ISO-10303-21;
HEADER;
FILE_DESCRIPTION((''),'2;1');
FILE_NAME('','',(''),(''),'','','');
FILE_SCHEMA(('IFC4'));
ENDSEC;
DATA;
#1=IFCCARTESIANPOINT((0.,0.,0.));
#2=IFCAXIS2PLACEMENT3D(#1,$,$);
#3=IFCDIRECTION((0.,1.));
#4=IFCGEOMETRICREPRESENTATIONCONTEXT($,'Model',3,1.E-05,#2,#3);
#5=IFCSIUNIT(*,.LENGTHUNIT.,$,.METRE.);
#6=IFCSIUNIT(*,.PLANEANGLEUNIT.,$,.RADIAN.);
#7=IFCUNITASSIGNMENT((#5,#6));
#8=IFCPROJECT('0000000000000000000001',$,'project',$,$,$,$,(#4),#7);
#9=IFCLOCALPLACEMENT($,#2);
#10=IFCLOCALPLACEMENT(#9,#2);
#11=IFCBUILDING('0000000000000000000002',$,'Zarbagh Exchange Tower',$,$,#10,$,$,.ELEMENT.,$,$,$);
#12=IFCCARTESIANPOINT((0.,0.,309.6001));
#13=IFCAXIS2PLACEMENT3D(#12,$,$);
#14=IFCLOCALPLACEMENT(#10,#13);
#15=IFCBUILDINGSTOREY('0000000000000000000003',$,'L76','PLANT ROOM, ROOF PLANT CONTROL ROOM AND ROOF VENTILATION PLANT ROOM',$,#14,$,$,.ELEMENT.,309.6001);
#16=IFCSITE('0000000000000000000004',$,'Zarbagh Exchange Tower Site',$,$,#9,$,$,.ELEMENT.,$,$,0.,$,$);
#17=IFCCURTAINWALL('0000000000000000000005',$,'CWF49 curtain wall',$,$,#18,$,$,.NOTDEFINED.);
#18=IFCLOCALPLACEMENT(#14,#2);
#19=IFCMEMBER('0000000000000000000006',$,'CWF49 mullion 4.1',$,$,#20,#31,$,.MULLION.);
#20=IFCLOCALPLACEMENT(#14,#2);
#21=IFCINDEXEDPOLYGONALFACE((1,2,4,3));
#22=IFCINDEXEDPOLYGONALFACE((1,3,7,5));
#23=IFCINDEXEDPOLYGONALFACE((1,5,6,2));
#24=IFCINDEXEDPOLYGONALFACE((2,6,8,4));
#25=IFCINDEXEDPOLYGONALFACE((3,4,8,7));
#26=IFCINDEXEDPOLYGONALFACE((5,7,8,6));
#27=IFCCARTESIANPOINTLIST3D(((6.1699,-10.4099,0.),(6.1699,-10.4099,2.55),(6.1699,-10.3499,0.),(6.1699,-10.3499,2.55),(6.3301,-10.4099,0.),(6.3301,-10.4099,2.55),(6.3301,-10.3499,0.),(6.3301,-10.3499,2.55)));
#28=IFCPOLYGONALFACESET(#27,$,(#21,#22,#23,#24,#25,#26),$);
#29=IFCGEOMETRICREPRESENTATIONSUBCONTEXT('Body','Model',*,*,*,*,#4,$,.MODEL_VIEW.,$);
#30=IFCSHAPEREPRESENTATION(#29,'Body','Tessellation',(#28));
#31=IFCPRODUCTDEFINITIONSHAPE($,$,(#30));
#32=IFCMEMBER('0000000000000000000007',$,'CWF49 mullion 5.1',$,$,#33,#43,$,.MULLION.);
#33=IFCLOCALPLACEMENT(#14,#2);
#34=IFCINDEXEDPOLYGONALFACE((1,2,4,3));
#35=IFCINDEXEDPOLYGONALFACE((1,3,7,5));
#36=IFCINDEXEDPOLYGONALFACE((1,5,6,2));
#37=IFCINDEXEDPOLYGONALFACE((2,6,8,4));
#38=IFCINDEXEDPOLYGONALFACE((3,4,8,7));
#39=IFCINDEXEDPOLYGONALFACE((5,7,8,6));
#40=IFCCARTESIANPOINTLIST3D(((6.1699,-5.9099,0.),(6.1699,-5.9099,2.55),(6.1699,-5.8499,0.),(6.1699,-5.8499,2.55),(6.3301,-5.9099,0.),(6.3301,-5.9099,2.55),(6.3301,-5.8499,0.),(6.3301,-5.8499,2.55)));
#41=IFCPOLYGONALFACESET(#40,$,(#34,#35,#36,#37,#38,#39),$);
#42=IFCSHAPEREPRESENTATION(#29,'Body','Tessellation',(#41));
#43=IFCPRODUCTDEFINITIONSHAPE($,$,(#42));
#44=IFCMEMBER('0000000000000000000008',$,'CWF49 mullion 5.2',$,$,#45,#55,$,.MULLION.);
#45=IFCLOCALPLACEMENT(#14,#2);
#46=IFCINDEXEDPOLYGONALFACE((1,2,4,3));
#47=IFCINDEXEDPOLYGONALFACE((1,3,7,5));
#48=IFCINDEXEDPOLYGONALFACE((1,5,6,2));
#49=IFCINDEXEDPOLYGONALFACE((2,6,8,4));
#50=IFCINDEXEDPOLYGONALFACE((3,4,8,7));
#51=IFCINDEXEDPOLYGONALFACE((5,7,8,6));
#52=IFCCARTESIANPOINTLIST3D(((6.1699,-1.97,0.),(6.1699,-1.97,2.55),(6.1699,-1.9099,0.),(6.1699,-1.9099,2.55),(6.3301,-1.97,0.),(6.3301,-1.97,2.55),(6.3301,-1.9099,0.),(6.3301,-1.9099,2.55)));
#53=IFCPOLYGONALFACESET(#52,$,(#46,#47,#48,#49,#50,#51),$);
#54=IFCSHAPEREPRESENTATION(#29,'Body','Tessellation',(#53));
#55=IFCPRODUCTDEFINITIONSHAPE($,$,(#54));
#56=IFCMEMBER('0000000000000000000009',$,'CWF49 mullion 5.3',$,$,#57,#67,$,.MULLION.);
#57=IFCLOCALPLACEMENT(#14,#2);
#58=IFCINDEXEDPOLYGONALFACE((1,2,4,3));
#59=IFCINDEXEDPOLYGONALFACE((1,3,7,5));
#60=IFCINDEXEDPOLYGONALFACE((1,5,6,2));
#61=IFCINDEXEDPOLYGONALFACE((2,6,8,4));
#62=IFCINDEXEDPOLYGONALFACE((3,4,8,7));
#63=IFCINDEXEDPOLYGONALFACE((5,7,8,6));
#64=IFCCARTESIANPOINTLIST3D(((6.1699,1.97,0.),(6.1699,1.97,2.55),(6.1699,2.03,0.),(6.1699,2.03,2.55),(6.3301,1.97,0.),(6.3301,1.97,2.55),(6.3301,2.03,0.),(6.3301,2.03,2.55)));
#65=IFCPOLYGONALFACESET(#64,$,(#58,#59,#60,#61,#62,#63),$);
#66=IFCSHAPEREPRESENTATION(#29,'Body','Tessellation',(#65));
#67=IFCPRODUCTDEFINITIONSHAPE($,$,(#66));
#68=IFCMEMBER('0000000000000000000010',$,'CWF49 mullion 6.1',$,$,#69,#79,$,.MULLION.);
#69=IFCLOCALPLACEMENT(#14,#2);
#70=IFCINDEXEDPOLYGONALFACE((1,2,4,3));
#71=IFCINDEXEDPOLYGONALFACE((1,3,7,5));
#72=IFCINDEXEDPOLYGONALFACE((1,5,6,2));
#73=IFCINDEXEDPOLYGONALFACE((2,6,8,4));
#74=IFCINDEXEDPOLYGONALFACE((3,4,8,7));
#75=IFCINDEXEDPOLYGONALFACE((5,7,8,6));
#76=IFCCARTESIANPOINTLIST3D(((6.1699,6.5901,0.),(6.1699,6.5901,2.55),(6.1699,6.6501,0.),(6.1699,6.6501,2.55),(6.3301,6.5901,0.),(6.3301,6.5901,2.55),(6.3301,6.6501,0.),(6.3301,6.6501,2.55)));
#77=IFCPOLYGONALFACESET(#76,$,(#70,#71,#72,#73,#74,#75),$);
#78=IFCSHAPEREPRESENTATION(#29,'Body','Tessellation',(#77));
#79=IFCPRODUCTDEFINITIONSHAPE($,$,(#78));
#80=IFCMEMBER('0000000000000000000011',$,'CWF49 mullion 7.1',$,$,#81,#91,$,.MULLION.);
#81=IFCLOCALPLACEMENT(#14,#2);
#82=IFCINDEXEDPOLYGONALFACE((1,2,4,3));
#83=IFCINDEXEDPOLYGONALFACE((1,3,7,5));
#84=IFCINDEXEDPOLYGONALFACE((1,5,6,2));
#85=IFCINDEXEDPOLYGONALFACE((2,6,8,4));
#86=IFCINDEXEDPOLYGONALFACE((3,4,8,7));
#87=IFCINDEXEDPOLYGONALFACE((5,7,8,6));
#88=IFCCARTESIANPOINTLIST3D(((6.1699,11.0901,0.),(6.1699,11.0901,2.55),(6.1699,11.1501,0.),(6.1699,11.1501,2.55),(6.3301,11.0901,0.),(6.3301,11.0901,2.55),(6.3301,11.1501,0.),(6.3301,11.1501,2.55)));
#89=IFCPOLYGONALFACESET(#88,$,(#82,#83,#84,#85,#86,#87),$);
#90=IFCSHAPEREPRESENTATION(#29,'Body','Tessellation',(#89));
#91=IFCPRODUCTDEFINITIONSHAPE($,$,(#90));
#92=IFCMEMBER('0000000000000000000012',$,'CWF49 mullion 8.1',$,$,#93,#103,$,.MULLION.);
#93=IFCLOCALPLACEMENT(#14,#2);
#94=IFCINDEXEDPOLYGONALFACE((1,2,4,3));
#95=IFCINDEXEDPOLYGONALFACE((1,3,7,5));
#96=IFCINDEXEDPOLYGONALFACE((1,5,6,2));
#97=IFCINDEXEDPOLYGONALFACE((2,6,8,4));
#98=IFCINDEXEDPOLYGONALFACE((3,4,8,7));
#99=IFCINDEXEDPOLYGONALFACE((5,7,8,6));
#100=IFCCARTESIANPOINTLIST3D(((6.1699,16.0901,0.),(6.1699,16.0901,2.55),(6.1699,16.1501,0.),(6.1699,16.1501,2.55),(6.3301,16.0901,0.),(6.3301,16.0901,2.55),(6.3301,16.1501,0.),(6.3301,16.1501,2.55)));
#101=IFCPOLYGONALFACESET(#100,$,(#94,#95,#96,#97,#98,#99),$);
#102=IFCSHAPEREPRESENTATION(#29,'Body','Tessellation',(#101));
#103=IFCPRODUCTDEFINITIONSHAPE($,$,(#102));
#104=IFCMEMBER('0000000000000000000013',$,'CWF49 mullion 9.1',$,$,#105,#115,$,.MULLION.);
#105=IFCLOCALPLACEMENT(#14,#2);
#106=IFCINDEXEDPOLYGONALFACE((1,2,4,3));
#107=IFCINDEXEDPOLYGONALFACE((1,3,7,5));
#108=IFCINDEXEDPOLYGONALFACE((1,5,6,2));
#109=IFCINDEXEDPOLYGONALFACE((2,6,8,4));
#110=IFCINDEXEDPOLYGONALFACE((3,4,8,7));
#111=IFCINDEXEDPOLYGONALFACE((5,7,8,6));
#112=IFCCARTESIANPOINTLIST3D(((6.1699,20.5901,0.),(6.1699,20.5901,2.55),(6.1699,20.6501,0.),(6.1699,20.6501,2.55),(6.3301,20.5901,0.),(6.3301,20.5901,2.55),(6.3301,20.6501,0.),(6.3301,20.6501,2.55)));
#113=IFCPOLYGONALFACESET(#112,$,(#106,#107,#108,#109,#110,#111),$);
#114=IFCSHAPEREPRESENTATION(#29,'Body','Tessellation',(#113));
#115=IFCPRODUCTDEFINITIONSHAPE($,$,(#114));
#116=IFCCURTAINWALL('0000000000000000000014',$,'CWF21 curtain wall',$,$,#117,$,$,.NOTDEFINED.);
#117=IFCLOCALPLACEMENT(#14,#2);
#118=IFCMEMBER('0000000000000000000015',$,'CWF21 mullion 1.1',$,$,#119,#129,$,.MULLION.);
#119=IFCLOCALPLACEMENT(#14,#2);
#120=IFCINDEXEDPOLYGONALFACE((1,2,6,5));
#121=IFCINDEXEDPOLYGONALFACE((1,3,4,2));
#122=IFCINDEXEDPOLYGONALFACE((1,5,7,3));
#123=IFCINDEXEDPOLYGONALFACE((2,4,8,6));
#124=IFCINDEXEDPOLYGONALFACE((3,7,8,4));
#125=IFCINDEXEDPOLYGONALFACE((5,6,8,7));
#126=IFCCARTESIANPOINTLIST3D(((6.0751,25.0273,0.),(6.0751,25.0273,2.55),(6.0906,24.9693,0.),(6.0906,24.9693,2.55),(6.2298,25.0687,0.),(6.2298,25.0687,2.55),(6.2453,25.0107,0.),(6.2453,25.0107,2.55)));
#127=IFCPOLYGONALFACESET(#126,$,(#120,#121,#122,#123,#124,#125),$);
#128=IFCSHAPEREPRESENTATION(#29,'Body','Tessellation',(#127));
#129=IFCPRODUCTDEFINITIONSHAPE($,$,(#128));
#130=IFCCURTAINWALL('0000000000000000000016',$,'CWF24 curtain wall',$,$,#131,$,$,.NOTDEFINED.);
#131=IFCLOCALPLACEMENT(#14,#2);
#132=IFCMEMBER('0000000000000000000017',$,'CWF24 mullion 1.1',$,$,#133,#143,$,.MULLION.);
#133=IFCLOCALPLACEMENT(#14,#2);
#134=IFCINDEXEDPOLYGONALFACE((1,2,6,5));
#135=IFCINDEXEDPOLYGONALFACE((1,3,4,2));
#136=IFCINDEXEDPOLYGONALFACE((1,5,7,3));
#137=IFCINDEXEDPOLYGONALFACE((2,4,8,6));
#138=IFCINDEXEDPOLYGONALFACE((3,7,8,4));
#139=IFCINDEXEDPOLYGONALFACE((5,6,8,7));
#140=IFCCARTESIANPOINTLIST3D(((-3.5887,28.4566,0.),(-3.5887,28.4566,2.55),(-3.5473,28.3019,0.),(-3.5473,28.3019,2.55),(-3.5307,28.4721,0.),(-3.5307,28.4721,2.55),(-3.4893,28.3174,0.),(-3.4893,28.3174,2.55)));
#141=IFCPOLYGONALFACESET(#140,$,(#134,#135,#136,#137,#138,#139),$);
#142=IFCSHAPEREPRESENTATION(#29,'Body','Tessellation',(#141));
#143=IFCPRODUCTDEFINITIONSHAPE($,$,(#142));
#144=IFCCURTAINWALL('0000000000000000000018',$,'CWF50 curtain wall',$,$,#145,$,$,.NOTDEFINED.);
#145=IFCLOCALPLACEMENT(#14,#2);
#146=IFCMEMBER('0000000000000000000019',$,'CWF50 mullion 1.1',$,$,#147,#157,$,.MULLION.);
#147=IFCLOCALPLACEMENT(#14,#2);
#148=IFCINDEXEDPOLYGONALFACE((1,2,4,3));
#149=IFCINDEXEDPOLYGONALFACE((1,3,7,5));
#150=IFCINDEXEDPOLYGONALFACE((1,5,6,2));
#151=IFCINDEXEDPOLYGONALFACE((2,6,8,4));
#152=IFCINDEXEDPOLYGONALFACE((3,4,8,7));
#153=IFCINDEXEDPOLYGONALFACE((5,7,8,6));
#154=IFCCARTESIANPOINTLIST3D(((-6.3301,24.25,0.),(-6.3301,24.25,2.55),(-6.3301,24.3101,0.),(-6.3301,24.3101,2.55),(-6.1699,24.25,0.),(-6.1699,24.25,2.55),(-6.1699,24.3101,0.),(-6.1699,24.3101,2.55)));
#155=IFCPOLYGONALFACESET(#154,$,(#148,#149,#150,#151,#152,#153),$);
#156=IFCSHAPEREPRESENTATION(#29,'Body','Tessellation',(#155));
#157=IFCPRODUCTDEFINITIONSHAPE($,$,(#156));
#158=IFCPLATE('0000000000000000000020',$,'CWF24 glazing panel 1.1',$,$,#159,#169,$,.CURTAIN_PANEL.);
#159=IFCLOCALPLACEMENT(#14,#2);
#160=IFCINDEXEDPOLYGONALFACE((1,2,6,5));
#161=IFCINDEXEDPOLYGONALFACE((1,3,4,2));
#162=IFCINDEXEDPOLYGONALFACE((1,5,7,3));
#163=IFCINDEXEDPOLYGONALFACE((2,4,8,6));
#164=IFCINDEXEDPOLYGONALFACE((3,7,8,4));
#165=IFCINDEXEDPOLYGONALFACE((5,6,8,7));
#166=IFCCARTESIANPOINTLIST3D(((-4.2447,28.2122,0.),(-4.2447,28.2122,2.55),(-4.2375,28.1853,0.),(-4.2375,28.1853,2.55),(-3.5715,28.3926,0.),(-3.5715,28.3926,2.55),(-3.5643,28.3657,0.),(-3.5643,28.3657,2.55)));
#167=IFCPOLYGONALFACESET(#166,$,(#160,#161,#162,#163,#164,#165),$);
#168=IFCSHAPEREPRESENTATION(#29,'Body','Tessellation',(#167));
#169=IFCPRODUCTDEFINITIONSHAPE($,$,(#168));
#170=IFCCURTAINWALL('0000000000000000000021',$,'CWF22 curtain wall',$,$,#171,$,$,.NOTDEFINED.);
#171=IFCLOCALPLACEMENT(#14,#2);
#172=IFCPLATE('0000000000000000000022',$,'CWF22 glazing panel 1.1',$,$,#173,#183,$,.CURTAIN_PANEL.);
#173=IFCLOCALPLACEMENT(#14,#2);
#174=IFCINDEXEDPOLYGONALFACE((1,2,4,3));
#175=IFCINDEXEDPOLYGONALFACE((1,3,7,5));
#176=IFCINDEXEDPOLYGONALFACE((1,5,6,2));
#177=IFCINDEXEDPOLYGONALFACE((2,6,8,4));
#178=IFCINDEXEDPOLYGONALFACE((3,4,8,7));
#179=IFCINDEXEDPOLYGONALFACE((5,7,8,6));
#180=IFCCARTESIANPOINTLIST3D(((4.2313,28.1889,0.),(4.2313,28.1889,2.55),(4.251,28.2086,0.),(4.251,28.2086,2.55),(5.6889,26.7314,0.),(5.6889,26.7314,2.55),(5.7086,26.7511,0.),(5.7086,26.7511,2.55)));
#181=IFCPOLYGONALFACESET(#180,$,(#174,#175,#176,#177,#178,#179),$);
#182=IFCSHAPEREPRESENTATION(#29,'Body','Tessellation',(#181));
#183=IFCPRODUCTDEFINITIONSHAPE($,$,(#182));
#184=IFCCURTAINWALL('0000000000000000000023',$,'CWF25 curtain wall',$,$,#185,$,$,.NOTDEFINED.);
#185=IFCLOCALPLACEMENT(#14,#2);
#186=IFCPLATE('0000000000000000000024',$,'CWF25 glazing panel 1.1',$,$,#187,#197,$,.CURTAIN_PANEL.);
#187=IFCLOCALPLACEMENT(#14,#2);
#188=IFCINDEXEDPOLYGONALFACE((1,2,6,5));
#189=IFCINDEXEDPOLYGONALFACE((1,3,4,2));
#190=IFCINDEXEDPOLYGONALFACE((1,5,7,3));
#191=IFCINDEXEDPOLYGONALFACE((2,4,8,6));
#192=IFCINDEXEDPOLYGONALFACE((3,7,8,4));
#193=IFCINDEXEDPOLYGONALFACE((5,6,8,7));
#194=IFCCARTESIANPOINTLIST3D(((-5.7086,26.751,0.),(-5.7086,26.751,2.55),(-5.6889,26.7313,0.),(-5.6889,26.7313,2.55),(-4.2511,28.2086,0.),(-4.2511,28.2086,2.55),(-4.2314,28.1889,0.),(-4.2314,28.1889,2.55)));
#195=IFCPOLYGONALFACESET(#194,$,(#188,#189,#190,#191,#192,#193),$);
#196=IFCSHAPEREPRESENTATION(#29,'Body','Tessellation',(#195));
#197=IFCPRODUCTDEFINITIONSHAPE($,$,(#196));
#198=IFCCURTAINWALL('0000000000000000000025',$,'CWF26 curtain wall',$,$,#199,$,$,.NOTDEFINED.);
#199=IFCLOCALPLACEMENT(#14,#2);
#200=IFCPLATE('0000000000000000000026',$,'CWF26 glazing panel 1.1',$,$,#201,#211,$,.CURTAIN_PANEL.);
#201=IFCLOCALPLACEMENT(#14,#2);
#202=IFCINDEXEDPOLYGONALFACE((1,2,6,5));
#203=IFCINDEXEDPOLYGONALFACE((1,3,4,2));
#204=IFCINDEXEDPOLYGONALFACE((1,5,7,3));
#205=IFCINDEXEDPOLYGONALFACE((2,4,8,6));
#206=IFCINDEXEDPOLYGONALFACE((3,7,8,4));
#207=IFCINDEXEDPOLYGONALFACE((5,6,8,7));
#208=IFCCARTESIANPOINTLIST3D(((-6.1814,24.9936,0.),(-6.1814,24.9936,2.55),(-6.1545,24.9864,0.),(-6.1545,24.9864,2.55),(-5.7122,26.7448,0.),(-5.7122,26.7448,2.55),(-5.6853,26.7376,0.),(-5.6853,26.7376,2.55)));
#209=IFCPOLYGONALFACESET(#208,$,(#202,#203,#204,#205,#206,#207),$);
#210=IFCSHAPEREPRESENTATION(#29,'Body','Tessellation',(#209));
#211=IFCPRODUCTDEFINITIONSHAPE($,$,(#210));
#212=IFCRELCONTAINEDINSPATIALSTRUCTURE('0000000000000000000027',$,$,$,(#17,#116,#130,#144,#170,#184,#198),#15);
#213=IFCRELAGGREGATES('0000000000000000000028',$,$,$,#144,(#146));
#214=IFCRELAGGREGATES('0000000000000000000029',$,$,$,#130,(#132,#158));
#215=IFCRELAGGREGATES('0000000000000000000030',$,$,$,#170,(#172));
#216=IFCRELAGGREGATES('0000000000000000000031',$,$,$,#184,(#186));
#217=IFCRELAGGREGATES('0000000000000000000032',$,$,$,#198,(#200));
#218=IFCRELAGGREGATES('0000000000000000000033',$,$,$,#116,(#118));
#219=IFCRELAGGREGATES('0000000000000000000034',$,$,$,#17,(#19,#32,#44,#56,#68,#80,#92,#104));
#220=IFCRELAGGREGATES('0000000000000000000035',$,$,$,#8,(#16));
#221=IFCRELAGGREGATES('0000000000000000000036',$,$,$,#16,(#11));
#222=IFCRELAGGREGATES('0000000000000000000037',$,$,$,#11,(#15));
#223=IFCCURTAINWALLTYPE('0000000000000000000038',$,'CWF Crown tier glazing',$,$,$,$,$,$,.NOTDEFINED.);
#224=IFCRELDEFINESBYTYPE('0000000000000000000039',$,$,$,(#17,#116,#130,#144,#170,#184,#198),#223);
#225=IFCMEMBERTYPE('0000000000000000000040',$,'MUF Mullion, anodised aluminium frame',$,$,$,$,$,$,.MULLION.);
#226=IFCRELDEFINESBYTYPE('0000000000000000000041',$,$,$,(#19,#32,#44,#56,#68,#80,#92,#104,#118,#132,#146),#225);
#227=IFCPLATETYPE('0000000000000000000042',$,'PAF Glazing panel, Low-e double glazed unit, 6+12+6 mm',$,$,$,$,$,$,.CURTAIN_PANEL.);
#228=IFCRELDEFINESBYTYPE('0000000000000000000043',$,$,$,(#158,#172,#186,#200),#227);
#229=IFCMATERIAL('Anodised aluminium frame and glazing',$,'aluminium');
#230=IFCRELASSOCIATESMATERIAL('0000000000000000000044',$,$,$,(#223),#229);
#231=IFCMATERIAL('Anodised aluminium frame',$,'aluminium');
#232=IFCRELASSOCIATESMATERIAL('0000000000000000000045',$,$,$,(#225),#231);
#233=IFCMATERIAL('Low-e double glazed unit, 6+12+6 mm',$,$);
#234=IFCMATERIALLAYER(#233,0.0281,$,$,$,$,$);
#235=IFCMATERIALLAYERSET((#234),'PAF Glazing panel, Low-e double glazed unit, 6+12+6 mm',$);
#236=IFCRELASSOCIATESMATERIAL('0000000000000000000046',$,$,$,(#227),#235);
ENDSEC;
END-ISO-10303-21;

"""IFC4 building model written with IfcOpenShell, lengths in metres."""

from ifc_helpers import new_model, si_unit, direction, frame, origin, place, context, subcontext, project, spatial, polyline, outline, extrude, source, transform, mapped, material, layer, layer_set, type_object, element, aggregate, save


model = new_model("IFC4")

# Units and contexts
model_context = context("Model", 3, precision=1e-05, world=origin(), true_north=direction((0.0, 1.0)))
body_context = subcontext(model_context, "Body", "Model", "MODEL_VIEW")
ifc_project = project(units=[si_unit("LENGTHUNIT", "METRE"), si_unit("PLANEANGLEUNIT", "RADIAN")], contexts=[model_context])

# Site, building, storey
site_placement = place(None, origin())
site = spatial("IfcSite", under=ifc_project, at=site_placement, Name="Zarbagh Exchange Tower Site", CompositionType="ELEMENT", RefElevation=0.0)
building_placement = place(site_placement, origin())
building = spatial("IfcBuilding", under=site, at=building_placement, Name="Zarbagh Exchange Tower", CompositionType="ELEMENT")
storey_placement = place(building_placement, frame((0.0, 0.0, 309.6001)))
storey = spatial("IfcBuildingStorey", under=building, at=storey_placement, Name="L76", Description="PLANT ROOM, ROOF PLANT CONTROL ROOM AND ROOF VENTILATION PLANT ROOM", CompositionType="ELEMENT", Elevation=309.6001)

# Curtain wall, members
ifc_material_1 = material(Name="Anodised aluminium frame and glazing", Category="aluminium")
curtain_wall_type = type_object("IfcCurtainWallType", Name="CWF Crown tier glazing", PredefinedType="NOTDEFINED", material=ifc_material_1)
curtain_wall_1_placement = place(storey_placement, origin())
curtain_wall_1 = element("IfcCurtainWall", 1, at=curtain_wall_1_placement, inside=storey, type_object=curtain_wall_type, Name="CWF49 curtain wall", PredefinedType="NOTDEFINED")
ifc_material_2 = material(Name="Anodised aluminium frame", Category="aluminium")
member_type = type_object("IfcMemberType", Name="MUF Mullion, anodised aluminium frame", PredefinedType="MULLION", material=ifc_material_2)
shared_shape_1 = source(origin(), body_context, "Body", "SweptSolid", [
    extrude(outline(polyline([(0.0, -0.0801), (0.0601, -0.0801), (0.0601, 0.0801), (0.0, 0.0801), (0.0, -0.0801)])), origin(), (0.0, 0.0, 1.0), 2.55),
])
placement = place(storey_placement, origin())
member_1 = element("IfcMember", 2, at=placement, type_object=member_type, Name="CWF49 mullion 4.1", PredefinedType="MULLION", context=body_context, shape_type="MappedRepresentation", body=[
    mapped(shared_shape_1, transform((6.25, -10.4099, 0.0), x_axis=(0.0, 1.0, 0.0), y_axis=(-1.0, 0.0, 0.0), z_axis=(0.0, 0.0, 1.0))),
])
member_2 = element("IfcMember", 3, at=placement, type_object=member_type, Name="CWF49 mullion 5.1", PredefinedType="MULLION", context=body_context, shape_type="MappedRepresentation", body=[
    mapped(shared_shape_1, transform((6.25, -5.9099, 0.0), x_axis=(0.0, 1.0, 0.0), y_axis=(-1.0, 0.0, 0.0), z_axis=(0.0, 0.0, 1.0))),
])
member_3 = element("IfcMember", 4, at=placement, type_object=member_type, Name="CWF49 mullion 5.2", PredefinedType="MULLION", context=body_context, shape_type="MappedRepresentation", body=[
    mapped(shared_shape_1, transform((6.25, -1.97, 0.0), x_axis=(0.0, 1.0, 0.0), y_axis=(-1.0, 0.0, 0.0), z_axis=(0.0, 0.0, 1.0))),
])
member_4 = element("IfcMember", 5, at=placement, type_object=member_type, Name="CWF49 mullion 5.3", PredefinedType="MULLION", context=body_context, shape_type="MappedRepresentation", body=[
    mapped(shared_shape_1, transform((6.25, 1.97, 0.0), x_axis=(0.0, 1.0, 0.0), y_axis=(-1.0, 0.0, 0.0), z_axis=(0.0, 0.0, 1.0))),
])
member_5 = element("IfcMember", 6, at=placement, type_object=member_type, Name="CWF49 mullion 6.1", PredefinedType="MULLION", context=body_context, shape_type="MappedRepresentation", body=[
    mapped(shared_shape_1, transform((6.25, 6.5901, 0.0), x_axis=(0.0, 1.0, 0.0), y_axis=(-1.0, 0.0, 0.0), z_axis=(0.0, 0.0, 1.0))),
])
member_6 = element("IfcMember", 7, at=placement, type_object=member_type, Name="CWF49 mullion 7.1", PredefinedType="MULLION", context=body_context, shape_type="MappedRepresentation", body=[
    mapped(shared_shape_1, transform((6.25, 11.0901, 0.0), x_axis=(0.0, 1.0, 0.0), y_axis=(-1.0, 0.0, 0.0), z_axis=(0.0, 0.0, 1.0))),
])
member_7 = element("IfcMember", 8, at=placement, type_object=member_type, Name="CWF49 mullion 8.1", PredefinedType="MULLION", context=body_context, shape_type="MappedRepresentation", body=[
    mapped(shared_shape_1, transform((6.25, 16.0901, 0.0), x_axis=(0.0, 1.0, 0.0), y_axis=(-1.0, 0.0, 0.0), z_axis=(0.0, 0.0, 1.0))),
])
member_8 = element("IfcMember", 9, at=placement, type_object=member_type, Name="CWF49 mullion 9.1", PredefinedType="MULLION", context=body_context, shape_type="MappedRepresentation", body=[
    mapped(shared_shape_1, transform((6.25, 20.5901, 0.0), x_axis=(0.0, 1.0, 0.0), y_axis=(-1.0, 0.0, 0.0), z_axis=(0.0, 0.0, 1.0))),
])

# Curtain walls, members
curtain_wall_2_placement = place(storey_placement, origin())
curtain_wall_2 = element("IfcCurtainWall", 10, at=curtain_wall_2_placement, inside=storey, type_object=curtain_wall_type, Name="CWF21 curtain wall", PredefinedType="NOTDEFINED")
member_9 = element("IfcMember", 11, at=placement, type_object=member_type, Name="CWF21 mullion 1.1", PredefinedType="MULLION", context=body_context, shape_type="MappedRepresentation", body=[
    mapped(shared_shape_1, transform((6.168, 24.99, 0.0), x_axis=(-0.258825, 0.965924, 0.0), y_axis=(-0.965924, -0.258825, 0.0), z_axis=(0.0, 0.0, 1.0))),
])
curtain_wall_3_placement = place(storey_placement, origin())
curtain_wall_3 = element("IfcCurtainWall", 12, at=curtain_wall_3_placement, inside=storey, type_object=curtain_wall_type, Name="CWF24 curtain wall", PredefinedType="NOTDEFINED")
member_10 = element("IfcMember", 13, at=placement, type_object=member_type, Name="CWF24 mullion 1.1", PredefinedType="MULLION", context=body_context, shape_type="MappedRepresentation", body=[
    mapped(shared_shape_1, transform((-3.51, 28.3948, 0.0), x_axis=(-0.965924, -0.258825, 0.0), y_axis=(0.258825, -0.965924, 0.0), z_axis=(0.0, 0.0, 1.0))),
])
curtain_wall_4_placement = place(storey_placement, origin())
curtain_wall_4 = element("IfcCurtainWall", 14, at=curtain_wall_4_placement, inside=storey, type_object=curtain_wall_type, Name="CWF50 curtain wall", PredefinedType="NOTDEFINED")
member_11 = element("IfcMember", 15, at=placement, type_object=member_type, Name="CWF50 mullion 1.1", PredefinedType="MULLION", context=body_context, shape_type="MappedRepresentation", body=[
    mapped(shared_shape_1, transform((-6.25, 24.3101, 0.0), x_axis=(0.0, -1.0, 0.0), y_axis=(1.0, 0.0, 0.0), z_axis=(0.0, 0.0, 1.0))),
])
aggregate(curtain_wall_4, [member_11])

# Plate
ifc_material_3 = material(Name="Low-e double glazed unit, 6+12+6 mm")
ifc_layer = layer(ifc_material_3, 0.0281)
ifc_layer_set = layer_set([ifc_layer], Name="PAF Glazing panel, Low-e double glazed unit, 6+12+6 mm")
plate_type = type_object("IfcPlateType", Name="PAF Glazing panel, Low-e double glazed unit, 6+12+6 mm", PredefinedType="CURTAIN_PANEL", material=ifc_layer_set)
shared_shape_2 = source(origin(), body_context, "Body", "SweptSolid", [
    extrude(outline(polyline([(0.0, -0.0139), (0.697, -0.0139), (0.697, 0.0139), (0.0, 0.0139), (0.0, -0.0139)])), origin(), (0.0, 0.0, 1.0), 2.55),
])
plate_1 = element("IfcPlate", 16, at=placement, type_object=plate_type, Name="CWF24 glazing panel 1.1", PredefinedType="CURTAIN_PANEL", context=body_context, shape_type="MappedRepresentation", body=[
    mapped(shared_shape_2, transform((-3.5679, 28.3792, 0.0), x_axis=(-0.965924, -0.258825, 0.0), y_axis=(0.258825, -0.965924, 0.0), z_axis=(0.0, 0.0, 1.0))),
])
aggregate(curtain_wall_3, [member_10, plate_1])

# Curtain walls, plates
curtain_wall_5_placement = place(storey_placement, origin())
curtain_wall_5 = element("IfcCurtainWall", 17, at=curtain_wall_5_placement, inside=storey, type_object=curtain_wall_type, Name="CWF22 curtain wall", PredefinedType="NOTDEFINED")
shared_shape_3 = source(origin(), body_context, "Body", "SweptSolid", [
    extrude(outline(polyline([(0.0, -0.0139), (2.0613, -0.0139), (2.0613, 0.0139), (0.0, 0.0139), (0.0, -0.0139)])), origin(), (0.0, 0.0, 1.0), 2.55),
])
plate_2 = element("IfcPlate", 18, at=placement, type_object=plate_type, Name="CWF22 glazing panel 1.1", PredefinedType="CURTAIN_PANEL", context=body_context, shape_type="MappedRepresentation", body=[
    mapped(shared_shape_3, transform((5.6987, 26.7412, 0.0), x_axis=(-0.707107, 0.707107, 0.0), y_axis=(-0.707107, -0.707107, 0.0), z_axis=(0.0, 0.0, 1.0))),
])
aggregate(curtain_wall_5, [plate_2])
curtain_wall_6_placement = place(storey_placement, origin())
curtain_wall_6 = element("IfcCurtainWall", 19, at=curtain_wall_6_placement, inside=storey, type_object=curtain_wall_type, Name="CWF25 curtain wall", PredefinedType="NOTDEFINED")
plate_3 = element("IfcPlate", 20, at=placement, type_object=plate_type, Name="CWF25 glazing panel 1.1", PredefinedType="CURTAIN_PANEL", context=body_context, shape_type="MappedRepresentation", body=[
    mapped(shared_shape_3, transform((-4.2412, 28.1987, 0.0), x_axis=(-0.707107, -0.707107, 0.0), y_axis=(0.707107, -0.707107, 0.0), z_axis=(0.0, 0.0, 1.0))),
])
aggregate(curtain_wall_6, [plate_3])
curtain_wall_7_placement = place(storey_placement, origin())
curtain_wall_7 = element("IfcCurtainWall", 21, at=curtain_wall_7_placement, inside=storey, type_object=curtain_wall_type, Name="CWF26 curtain wall", PredefinedType="NOTDEFINED")
shared_shape_4 = source(origin(), body_context, "Body", "SweptSolid", [
    extrude(outline(polyline([(0.0, -0.0139), (1.813, -0.0139), (1.813, 0.0139), (0.0, 0.0139), (0.0, -0.0139)])), origin(), (0.0, 0.0, 1.0), 2.55),
])
plate_4 = element("IfcPlate", 22, at=placement, type_object=plate_type, Name="CWF26 glazing panel 1.1", PredefinedType="CURTAIN_PANEL", context=body_context, shape_type="MappedRepresentation", body=[
    mapped(shared_shape_4, transform((-5.6987, 26.7412, 0.0), x_axis=(-0.258825, -0.965924, 0.0), y_axis=(0.965924, -0.258825, 0.0), z_axis=(0.0, 0.0, 1.0))),
])
aggregate(curtain_wall_7, [plate_4])

aggregate(curtain_wall_2, [member_9])

aggregate(curtain_wall_1, [member_1, member_2, member_3, member_4, member_5, member_6, member_7, member_8])

save(model, "model.ifc")
